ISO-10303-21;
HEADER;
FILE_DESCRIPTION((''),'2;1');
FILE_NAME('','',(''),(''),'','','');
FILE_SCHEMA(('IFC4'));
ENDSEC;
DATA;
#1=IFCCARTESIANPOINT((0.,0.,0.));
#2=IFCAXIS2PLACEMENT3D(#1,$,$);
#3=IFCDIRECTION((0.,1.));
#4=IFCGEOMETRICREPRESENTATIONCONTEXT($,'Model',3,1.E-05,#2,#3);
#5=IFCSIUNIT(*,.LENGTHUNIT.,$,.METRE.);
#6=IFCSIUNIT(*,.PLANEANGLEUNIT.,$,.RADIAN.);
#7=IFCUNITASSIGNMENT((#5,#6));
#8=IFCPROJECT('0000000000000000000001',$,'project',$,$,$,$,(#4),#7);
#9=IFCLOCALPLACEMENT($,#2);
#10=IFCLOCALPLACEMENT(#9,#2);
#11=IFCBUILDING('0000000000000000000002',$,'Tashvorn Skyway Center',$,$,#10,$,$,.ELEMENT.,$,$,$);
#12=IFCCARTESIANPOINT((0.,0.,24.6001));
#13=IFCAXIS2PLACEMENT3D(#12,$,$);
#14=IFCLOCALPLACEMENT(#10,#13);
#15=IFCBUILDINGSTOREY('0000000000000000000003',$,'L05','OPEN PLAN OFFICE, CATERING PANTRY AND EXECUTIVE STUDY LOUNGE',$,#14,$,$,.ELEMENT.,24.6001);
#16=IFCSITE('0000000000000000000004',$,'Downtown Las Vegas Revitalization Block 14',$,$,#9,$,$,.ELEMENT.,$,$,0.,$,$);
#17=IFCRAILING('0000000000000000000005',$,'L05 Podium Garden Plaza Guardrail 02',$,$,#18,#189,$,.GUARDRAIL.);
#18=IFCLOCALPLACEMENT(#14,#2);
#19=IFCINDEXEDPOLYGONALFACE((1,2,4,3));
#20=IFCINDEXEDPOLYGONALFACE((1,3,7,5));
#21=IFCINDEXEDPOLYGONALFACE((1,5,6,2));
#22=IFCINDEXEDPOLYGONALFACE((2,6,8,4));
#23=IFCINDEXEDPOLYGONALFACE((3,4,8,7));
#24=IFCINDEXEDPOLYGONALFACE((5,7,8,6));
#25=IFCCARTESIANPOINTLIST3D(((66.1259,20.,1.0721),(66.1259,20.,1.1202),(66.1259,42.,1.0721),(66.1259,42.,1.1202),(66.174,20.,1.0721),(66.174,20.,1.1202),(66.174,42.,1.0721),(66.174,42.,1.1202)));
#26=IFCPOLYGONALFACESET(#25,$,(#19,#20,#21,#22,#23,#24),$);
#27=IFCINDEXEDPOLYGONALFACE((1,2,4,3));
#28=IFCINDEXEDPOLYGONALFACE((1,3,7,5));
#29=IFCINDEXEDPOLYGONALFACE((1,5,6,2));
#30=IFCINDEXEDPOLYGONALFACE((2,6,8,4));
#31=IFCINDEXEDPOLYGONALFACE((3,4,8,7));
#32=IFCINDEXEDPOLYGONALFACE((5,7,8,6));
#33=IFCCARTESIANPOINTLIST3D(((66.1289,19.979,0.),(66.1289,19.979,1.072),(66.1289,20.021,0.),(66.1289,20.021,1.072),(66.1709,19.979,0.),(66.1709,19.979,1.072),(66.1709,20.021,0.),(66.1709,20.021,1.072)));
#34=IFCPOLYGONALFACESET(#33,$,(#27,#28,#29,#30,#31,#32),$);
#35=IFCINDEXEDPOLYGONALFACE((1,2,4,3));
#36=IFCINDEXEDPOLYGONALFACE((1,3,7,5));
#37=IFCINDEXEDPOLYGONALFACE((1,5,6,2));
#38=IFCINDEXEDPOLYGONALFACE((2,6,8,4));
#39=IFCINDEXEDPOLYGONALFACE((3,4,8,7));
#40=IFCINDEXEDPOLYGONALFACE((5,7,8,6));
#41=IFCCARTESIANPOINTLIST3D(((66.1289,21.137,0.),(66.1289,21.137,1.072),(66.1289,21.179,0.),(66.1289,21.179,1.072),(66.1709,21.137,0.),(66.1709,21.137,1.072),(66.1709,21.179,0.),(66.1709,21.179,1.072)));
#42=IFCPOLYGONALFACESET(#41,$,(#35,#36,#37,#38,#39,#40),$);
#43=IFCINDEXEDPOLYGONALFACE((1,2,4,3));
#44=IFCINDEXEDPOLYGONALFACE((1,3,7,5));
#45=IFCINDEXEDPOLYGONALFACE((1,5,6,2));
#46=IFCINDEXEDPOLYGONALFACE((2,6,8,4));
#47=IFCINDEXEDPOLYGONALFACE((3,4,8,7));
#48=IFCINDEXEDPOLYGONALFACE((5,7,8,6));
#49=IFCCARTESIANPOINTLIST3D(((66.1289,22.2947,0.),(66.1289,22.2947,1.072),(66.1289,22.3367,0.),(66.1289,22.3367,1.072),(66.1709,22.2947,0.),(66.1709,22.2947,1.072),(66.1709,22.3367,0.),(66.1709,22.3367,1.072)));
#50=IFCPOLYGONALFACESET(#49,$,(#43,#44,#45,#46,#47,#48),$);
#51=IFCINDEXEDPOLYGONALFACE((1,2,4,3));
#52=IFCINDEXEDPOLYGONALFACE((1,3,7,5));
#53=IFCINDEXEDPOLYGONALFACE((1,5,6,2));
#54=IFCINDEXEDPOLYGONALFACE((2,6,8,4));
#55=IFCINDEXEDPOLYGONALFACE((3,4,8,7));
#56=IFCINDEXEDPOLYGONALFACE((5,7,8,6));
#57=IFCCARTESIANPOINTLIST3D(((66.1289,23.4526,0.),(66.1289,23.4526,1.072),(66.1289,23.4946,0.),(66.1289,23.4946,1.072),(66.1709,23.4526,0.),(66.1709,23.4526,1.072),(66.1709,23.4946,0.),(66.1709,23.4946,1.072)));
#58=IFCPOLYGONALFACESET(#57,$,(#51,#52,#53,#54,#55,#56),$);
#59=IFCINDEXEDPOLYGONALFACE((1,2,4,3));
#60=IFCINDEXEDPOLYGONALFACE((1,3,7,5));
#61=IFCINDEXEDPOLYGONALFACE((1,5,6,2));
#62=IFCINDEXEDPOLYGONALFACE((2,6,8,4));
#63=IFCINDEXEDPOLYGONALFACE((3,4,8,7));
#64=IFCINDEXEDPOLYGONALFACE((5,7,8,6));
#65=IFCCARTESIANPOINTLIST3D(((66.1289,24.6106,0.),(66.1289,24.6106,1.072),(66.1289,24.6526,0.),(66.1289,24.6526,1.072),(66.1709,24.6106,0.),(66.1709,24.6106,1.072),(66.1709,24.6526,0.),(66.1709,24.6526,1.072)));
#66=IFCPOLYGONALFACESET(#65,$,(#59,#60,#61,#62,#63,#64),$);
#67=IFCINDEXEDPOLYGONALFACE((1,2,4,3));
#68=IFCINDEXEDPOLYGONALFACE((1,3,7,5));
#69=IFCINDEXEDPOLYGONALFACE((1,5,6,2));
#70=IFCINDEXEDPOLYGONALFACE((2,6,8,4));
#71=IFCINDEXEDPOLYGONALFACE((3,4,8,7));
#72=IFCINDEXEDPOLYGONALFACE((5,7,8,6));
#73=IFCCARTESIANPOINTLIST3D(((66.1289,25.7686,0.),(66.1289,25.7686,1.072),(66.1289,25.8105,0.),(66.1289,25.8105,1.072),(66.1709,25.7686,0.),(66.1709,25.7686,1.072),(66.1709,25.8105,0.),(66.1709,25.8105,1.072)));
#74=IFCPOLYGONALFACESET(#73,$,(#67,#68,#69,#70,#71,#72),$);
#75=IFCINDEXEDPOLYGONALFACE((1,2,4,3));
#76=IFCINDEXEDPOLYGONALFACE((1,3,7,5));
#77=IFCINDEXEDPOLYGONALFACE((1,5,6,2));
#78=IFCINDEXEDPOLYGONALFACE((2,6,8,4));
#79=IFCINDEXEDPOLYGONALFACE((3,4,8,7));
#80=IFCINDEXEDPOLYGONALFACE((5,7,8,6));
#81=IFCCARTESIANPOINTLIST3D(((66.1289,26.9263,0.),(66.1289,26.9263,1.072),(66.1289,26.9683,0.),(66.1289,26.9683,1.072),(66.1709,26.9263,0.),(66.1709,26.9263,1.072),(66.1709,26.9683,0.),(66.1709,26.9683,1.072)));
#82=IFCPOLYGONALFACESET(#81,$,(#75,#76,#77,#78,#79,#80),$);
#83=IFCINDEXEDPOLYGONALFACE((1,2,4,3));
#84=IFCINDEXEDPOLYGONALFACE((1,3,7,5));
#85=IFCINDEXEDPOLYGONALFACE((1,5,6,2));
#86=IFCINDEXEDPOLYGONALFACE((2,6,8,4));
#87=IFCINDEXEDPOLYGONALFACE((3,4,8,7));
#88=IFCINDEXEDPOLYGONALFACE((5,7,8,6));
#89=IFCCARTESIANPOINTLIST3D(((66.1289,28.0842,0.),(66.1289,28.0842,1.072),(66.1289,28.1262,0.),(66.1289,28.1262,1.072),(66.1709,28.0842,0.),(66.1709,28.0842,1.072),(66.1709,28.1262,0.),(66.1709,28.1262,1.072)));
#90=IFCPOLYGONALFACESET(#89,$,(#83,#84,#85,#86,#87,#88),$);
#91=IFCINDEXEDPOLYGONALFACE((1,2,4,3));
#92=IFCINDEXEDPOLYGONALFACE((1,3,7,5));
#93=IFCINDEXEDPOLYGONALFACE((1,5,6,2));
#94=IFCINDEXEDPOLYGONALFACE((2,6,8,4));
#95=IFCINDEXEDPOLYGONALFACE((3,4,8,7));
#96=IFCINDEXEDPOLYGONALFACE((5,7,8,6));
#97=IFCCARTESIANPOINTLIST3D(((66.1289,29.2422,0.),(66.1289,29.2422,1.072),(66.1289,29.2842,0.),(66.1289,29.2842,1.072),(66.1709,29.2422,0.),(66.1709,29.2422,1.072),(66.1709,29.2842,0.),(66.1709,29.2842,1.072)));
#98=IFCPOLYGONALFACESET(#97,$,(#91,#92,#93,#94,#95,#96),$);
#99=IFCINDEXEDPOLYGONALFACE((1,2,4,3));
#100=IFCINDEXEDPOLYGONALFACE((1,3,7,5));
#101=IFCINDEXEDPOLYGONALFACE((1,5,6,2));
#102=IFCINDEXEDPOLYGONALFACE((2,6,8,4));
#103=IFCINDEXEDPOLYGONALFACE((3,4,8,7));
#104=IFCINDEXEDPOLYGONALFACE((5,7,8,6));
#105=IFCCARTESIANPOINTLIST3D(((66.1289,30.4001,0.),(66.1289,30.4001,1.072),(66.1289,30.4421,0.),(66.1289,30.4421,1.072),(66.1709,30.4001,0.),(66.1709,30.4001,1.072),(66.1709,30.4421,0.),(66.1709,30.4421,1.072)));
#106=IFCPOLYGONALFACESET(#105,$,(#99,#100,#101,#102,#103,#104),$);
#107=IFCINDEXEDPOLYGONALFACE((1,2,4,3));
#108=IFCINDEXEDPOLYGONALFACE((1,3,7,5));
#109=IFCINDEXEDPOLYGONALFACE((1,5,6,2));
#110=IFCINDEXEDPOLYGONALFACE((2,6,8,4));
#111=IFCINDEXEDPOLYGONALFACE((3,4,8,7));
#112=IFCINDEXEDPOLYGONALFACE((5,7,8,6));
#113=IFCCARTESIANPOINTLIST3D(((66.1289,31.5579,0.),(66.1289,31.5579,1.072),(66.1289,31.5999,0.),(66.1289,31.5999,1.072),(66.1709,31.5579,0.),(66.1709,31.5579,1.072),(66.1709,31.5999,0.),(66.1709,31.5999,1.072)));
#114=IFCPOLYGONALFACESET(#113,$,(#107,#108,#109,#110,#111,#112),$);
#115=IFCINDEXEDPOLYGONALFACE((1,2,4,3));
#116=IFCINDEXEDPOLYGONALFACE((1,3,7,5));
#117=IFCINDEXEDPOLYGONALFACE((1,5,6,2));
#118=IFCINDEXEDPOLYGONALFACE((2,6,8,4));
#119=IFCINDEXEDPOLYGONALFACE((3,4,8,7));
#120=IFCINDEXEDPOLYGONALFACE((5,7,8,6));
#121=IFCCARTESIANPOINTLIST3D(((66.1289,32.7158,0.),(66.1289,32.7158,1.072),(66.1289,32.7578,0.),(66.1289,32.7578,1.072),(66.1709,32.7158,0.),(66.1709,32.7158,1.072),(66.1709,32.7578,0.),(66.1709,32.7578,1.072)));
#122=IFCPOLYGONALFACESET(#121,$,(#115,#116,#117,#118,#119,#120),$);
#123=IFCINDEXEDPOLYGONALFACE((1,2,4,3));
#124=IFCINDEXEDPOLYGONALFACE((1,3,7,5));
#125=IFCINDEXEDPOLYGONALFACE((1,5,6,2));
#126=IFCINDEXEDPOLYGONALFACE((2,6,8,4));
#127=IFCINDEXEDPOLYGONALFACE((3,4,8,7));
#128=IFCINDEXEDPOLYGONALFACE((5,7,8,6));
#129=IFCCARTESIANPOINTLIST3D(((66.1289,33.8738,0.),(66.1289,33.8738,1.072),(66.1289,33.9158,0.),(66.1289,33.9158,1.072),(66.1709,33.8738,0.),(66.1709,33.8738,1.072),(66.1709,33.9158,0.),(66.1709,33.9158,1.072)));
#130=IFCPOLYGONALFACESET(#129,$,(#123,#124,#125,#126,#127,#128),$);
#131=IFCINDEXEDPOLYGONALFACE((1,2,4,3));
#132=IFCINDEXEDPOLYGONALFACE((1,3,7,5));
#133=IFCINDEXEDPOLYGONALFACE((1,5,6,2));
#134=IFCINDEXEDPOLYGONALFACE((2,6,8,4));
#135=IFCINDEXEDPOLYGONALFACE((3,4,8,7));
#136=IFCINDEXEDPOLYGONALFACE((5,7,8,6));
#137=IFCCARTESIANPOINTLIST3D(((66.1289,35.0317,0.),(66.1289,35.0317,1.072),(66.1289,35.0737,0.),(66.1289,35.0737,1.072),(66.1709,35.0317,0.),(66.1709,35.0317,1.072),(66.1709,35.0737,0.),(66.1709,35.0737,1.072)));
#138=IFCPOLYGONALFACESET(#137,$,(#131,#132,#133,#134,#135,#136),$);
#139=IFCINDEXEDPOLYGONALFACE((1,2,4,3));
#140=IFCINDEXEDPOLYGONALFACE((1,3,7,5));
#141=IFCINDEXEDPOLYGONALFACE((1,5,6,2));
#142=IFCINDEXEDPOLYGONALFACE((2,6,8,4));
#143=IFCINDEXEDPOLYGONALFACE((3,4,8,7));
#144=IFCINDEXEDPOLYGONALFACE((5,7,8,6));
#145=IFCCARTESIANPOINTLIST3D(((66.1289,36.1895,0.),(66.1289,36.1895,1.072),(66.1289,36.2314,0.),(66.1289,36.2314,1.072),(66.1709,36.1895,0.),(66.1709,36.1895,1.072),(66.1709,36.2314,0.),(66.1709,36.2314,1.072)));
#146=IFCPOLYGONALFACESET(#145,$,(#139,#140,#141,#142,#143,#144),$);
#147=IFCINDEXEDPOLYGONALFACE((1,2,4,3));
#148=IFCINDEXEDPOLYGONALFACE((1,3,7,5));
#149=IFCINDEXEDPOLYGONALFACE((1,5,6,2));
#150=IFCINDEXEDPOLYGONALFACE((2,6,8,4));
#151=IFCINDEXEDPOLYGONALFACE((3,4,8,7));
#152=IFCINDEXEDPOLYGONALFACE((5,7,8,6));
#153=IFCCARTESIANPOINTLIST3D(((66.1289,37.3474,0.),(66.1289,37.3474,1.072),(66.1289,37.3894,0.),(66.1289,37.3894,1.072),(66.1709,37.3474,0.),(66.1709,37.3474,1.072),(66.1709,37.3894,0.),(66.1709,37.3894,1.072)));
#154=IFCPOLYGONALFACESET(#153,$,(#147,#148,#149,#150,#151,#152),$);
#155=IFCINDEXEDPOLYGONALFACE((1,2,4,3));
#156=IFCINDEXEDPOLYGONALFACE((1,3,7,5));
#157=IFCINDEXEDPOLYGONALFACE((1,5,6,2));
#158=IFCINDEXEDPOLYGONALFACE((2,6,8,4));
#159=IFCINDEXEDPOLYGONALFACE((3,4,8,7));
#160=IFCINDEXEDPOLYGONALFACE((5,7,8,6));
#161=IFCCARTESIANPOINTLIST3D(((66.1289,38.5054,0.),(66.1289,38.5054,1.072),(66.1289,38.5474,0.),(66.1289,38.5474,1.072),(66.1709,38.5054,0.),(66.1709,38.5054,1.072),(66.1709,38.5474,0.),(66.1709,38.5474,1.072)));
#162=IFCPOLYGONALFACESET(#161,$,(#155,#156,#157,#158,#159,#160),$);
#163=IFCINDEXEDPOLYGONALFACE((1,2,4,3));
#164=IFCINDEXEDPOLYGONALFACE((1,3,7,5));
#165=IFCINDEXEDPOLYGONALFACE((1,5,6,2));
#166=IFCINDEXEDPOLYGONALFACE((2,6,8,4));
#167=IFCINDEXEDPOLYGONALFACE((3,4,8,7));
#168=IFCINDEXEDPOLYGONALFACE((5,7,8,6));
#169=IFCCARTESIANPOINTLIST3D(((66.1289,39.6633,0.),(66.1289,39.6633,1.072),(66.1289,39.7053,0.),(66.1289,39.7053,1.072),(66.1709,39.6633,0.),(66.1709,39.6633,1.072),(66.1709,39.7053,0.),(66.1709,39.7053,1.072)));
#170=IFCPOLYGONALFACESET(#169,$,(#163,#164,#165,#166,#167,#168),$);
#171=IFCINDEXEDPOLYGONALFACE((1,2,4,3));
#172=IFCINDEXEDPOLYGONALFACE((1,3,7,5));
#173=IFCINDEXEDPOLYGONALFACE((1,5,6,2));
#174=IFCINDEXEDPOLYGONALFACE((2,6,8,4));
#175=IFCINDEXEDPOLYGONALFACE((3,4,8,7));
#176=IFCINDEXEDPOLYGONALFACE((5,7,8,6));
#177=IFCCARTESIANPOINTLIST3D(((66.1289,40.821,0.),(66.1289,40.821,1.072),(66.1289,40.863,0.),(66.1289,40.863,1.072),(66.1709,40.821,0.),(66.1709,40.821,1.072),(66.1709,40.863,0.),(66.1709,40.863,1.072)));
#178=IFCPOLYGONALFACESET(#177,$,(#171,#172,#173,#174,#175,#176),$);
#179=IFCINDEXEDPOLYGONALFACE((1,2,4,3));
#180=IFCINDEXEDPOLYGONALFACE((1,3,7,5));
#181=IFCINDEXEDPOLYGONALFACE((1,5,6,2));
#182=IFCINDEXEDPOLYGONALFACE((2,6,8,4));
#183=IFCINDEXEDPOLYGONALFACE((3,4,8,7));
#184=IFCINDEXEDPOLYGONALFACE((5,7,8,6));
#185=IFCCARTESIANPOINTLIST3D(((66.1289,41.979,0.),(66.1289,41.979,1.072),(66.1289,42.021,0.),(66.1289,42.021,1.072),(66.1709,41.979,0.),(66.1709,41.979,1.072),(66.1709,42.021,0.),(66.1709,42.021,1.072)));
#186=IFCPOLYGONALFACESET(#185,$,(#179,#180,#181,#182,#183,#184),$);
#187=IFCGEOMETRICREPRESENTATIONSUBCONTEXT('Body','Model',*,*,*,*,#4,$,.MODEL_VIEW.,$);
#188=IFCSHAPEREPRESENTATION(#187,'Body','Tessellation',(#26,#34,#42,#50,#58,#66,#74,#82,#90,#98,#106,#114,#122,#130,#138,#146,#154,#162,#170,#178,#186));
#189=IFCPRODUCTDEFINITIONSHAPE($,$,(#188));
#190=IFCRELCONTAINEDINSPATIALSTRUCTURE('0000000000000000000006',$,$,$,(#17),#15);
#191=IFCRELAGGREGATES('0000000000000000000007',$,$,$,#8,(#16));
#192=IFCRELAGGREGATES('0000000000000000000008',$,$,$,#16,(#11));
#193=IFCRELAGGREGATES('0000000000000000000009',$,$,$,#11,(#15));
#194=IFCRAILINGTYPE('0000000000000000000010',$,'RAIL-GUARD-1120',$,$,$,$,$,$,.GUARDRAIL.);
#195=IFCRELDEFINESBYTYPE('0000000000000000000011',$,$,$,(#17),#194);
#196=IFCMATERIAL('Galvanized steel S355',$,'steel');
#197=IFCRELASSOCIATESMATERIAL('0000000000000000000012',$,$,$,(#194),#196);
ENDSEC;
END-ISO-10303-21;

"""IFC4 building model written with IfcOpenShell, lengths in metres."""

from ifc_helpers import new_model, si_unit, direction, frame, origin, origin_2d, place, context, subcontext, project, spatial, rectangle, extrude, material, type_object, element, save


model = new_model("IFC4")

# Units and contexts
model_context = context("Model", 3, precision=1e-05, world=origin(), true_north=direction((0.0, 1.0)))
body_context = subcontext(model_context, "Body", "Model", "MODEL_VIEW")
ifc_project = project(units=[si_unit("LENGTHUNIT", "METRE"), si_unit("PLANEANGLEUNIT", "RADIAN")], contexts=[model_context])

# Site, building, storey
site_placement = place(None, origin())
site = spatial("IfcSite", under=ifc_project, at=site_placement, Name="Downtown Las Vegas Revitalization Block 14", CompositionType="ELEMENT", RefElevation=0.0)
building_placement = place(site_placement, origin())
building = spatial("IfcBuilding", under=site, at=building_placement, Name="Tashvorn Skyway Center", CompositionType="ELEMENT")
storey_placement = place(building_placement, frame((0.0, 0.0, 24.6001)))
storey = spatial("IfcBuildingStorey", under=building, at=storey_placement, Name="L05", Description="OPEN PLAN OFFICE, CATERING PANTRY AND EXECUTIVE STUDY LOUNGE", CompositionType="ELEMENT", Elevation=24.6001)

# Railing
ifc_material_1 = material(Name="Galvanized steel S355", Category="steel")
railing_type = type_object("IfcRailingType", Name="RAIL-GUARD-1120", PredefinedType="GUARDRAIL", material=ifc_material_1)
railing_1_placement = place(storey_placement, frame((66.1499, 20.0, 0.0)))
element("IfcRailing", 1, at=railing_1_placement, inside=storey, type_object=railing_type, Name="L05 Podium Garden Plaza Guardrail 02", PredefinedType="GUARDRAIL", context=body_context, shape_type="SweptSolid", body=[
    extrude(rectangle(XDim=0.0481, YDim=0.0481, at=origin_2d()), frame((0.0, 0.0, 1.0962), z_axis=(0.0, 1.0, 0.0), x_axis=(-1.0, 0.0, 0.0)), (0.0, 0.0, 1.0), 22.0),
    extrude(rectangle(XDim=0.042, YDim=0.042, at=origin_2d()), origin(), (0.0, 0.0, 1.0), 1.072),
    extrude(rectangle(XDim=0.042, YDim=0.042, at=origin_2d()), frame((0.0, 1.158, 0.0)), (0.0, 0.0, 1.0), 1.072),
    extrude(rectangle(XDim=0.042, YDim=0.042, at=origin_2d()), frame((0.0, 2.3157, 0.0)), (0.0, 0.0, 1.0), 1.072),
    extrude(rectangle(XDim=0.042, YDim=0.042, at=origin_2d()), frame((0.0, 3.4736, 0.0)), (0.0, 0.0, 1.0), 1.072),
    extrude(rectangle(XDim=0.042, YDim=0.042, at=origin_2d()), frame((0.0, 4.6316, 0.0)), (0.0, 0.0, 1.0), 1.072),
    extrude(rectangle(XDim=0.042, YDim=0.042, at=origin_2d()), frame((0.0, 5.7896, 0.0)), (0.0, 0.0, 1.0), 1.072),
    extrude(rectangle(XDim=0.042, YDim=0.042, at=origin_2d()), frame((0.0, 6.9473, 0.0)), (0.0, 0.0, 1.0), 1.072),
    extrude(rectangle(XDim=0.042, YDim=0.042, at=origin_2d()), frame((0.0, 8.1052, 0.0)), (0.0, 0.0, 1.0), 1.072),
    extrude(rectangle(XDim=0.042, YDim=0.042, at=origin_2d()), frame((0.0, 9.2632, 0.0)), (0.0, 0.0, 1.0), 1.072),
    extrude(rectangle(XDim=0.042, YDim=0.042, at=origin_2d()), frame((0.0, 10.4211, 0.0)), (0.0, 0.0, 1.0), 1.072),
    extrude(rectangle(XDim=0.042, YDim=0.042, at=origin_2d()), frame((0.0, 11.5789, 0.0)), (0.0, 0.0, 1.0), 1.072),
    extrude(rectangle(XDim=0.042, YDim=0.042, at=origin_2d()), frame((0.0, 12.7368, 0.0)), (0.0, 0.0, 1.0), 1.072),
    extrude(rectangle(XDim=0.042, YDim=0.042, at=origin_2d()), frame((0.0, 13.8948, 0.0)), (0.0, 0.0, 1.0), 1.072),
    extrude(rectangle(XDim=0.042, YDim=0.042, at=origin_2d()), frame((0.0, 15.0527, 0.0)), (0.0, 0.0, 1.0), 1.072),
    extrude(rectangle(XDim=0.042, YDim=0.042, at=origin_2d()), frame((0.0, 16.2104, 0.0)), (0.0, 0.0, 1.0), 1.072),
    extrude(rectangle(XDim=0.042, YDim=0.042, at=origin_2d()), frame((0.0, 17.3684, 0.0)), (0.0, 0.0, 1.0), 1.072),
    extrude(rectangle(XDim=0.042, YDim=0.042, at=origin_2d()), frame((0.0, 18.5264, 0.0)), (0.0, 0.0, 1.0), 1.072),
    extrude(rectangle(XDim=0.042, YDim=0.042, at=origin_2d()), frame((0.0, 19.6843, 0.0)), (0.0, 0.0, 1.0), 1.072),
    extrude(rectangle(XDim=0.042, YDim=0.042, at=origin_2d()), frame((0.0, 20.842, 0.0)), (0.0, 0.0, 1.0), 1.072),
    extrude(rectangle(XDim=0.042, YDim=0.042, at=origin_2d()), frame((0.0, 22.0, 0.0)), (0.0, 0.0, 1.0), 1.072),
])

save(model, "model.ifc")
